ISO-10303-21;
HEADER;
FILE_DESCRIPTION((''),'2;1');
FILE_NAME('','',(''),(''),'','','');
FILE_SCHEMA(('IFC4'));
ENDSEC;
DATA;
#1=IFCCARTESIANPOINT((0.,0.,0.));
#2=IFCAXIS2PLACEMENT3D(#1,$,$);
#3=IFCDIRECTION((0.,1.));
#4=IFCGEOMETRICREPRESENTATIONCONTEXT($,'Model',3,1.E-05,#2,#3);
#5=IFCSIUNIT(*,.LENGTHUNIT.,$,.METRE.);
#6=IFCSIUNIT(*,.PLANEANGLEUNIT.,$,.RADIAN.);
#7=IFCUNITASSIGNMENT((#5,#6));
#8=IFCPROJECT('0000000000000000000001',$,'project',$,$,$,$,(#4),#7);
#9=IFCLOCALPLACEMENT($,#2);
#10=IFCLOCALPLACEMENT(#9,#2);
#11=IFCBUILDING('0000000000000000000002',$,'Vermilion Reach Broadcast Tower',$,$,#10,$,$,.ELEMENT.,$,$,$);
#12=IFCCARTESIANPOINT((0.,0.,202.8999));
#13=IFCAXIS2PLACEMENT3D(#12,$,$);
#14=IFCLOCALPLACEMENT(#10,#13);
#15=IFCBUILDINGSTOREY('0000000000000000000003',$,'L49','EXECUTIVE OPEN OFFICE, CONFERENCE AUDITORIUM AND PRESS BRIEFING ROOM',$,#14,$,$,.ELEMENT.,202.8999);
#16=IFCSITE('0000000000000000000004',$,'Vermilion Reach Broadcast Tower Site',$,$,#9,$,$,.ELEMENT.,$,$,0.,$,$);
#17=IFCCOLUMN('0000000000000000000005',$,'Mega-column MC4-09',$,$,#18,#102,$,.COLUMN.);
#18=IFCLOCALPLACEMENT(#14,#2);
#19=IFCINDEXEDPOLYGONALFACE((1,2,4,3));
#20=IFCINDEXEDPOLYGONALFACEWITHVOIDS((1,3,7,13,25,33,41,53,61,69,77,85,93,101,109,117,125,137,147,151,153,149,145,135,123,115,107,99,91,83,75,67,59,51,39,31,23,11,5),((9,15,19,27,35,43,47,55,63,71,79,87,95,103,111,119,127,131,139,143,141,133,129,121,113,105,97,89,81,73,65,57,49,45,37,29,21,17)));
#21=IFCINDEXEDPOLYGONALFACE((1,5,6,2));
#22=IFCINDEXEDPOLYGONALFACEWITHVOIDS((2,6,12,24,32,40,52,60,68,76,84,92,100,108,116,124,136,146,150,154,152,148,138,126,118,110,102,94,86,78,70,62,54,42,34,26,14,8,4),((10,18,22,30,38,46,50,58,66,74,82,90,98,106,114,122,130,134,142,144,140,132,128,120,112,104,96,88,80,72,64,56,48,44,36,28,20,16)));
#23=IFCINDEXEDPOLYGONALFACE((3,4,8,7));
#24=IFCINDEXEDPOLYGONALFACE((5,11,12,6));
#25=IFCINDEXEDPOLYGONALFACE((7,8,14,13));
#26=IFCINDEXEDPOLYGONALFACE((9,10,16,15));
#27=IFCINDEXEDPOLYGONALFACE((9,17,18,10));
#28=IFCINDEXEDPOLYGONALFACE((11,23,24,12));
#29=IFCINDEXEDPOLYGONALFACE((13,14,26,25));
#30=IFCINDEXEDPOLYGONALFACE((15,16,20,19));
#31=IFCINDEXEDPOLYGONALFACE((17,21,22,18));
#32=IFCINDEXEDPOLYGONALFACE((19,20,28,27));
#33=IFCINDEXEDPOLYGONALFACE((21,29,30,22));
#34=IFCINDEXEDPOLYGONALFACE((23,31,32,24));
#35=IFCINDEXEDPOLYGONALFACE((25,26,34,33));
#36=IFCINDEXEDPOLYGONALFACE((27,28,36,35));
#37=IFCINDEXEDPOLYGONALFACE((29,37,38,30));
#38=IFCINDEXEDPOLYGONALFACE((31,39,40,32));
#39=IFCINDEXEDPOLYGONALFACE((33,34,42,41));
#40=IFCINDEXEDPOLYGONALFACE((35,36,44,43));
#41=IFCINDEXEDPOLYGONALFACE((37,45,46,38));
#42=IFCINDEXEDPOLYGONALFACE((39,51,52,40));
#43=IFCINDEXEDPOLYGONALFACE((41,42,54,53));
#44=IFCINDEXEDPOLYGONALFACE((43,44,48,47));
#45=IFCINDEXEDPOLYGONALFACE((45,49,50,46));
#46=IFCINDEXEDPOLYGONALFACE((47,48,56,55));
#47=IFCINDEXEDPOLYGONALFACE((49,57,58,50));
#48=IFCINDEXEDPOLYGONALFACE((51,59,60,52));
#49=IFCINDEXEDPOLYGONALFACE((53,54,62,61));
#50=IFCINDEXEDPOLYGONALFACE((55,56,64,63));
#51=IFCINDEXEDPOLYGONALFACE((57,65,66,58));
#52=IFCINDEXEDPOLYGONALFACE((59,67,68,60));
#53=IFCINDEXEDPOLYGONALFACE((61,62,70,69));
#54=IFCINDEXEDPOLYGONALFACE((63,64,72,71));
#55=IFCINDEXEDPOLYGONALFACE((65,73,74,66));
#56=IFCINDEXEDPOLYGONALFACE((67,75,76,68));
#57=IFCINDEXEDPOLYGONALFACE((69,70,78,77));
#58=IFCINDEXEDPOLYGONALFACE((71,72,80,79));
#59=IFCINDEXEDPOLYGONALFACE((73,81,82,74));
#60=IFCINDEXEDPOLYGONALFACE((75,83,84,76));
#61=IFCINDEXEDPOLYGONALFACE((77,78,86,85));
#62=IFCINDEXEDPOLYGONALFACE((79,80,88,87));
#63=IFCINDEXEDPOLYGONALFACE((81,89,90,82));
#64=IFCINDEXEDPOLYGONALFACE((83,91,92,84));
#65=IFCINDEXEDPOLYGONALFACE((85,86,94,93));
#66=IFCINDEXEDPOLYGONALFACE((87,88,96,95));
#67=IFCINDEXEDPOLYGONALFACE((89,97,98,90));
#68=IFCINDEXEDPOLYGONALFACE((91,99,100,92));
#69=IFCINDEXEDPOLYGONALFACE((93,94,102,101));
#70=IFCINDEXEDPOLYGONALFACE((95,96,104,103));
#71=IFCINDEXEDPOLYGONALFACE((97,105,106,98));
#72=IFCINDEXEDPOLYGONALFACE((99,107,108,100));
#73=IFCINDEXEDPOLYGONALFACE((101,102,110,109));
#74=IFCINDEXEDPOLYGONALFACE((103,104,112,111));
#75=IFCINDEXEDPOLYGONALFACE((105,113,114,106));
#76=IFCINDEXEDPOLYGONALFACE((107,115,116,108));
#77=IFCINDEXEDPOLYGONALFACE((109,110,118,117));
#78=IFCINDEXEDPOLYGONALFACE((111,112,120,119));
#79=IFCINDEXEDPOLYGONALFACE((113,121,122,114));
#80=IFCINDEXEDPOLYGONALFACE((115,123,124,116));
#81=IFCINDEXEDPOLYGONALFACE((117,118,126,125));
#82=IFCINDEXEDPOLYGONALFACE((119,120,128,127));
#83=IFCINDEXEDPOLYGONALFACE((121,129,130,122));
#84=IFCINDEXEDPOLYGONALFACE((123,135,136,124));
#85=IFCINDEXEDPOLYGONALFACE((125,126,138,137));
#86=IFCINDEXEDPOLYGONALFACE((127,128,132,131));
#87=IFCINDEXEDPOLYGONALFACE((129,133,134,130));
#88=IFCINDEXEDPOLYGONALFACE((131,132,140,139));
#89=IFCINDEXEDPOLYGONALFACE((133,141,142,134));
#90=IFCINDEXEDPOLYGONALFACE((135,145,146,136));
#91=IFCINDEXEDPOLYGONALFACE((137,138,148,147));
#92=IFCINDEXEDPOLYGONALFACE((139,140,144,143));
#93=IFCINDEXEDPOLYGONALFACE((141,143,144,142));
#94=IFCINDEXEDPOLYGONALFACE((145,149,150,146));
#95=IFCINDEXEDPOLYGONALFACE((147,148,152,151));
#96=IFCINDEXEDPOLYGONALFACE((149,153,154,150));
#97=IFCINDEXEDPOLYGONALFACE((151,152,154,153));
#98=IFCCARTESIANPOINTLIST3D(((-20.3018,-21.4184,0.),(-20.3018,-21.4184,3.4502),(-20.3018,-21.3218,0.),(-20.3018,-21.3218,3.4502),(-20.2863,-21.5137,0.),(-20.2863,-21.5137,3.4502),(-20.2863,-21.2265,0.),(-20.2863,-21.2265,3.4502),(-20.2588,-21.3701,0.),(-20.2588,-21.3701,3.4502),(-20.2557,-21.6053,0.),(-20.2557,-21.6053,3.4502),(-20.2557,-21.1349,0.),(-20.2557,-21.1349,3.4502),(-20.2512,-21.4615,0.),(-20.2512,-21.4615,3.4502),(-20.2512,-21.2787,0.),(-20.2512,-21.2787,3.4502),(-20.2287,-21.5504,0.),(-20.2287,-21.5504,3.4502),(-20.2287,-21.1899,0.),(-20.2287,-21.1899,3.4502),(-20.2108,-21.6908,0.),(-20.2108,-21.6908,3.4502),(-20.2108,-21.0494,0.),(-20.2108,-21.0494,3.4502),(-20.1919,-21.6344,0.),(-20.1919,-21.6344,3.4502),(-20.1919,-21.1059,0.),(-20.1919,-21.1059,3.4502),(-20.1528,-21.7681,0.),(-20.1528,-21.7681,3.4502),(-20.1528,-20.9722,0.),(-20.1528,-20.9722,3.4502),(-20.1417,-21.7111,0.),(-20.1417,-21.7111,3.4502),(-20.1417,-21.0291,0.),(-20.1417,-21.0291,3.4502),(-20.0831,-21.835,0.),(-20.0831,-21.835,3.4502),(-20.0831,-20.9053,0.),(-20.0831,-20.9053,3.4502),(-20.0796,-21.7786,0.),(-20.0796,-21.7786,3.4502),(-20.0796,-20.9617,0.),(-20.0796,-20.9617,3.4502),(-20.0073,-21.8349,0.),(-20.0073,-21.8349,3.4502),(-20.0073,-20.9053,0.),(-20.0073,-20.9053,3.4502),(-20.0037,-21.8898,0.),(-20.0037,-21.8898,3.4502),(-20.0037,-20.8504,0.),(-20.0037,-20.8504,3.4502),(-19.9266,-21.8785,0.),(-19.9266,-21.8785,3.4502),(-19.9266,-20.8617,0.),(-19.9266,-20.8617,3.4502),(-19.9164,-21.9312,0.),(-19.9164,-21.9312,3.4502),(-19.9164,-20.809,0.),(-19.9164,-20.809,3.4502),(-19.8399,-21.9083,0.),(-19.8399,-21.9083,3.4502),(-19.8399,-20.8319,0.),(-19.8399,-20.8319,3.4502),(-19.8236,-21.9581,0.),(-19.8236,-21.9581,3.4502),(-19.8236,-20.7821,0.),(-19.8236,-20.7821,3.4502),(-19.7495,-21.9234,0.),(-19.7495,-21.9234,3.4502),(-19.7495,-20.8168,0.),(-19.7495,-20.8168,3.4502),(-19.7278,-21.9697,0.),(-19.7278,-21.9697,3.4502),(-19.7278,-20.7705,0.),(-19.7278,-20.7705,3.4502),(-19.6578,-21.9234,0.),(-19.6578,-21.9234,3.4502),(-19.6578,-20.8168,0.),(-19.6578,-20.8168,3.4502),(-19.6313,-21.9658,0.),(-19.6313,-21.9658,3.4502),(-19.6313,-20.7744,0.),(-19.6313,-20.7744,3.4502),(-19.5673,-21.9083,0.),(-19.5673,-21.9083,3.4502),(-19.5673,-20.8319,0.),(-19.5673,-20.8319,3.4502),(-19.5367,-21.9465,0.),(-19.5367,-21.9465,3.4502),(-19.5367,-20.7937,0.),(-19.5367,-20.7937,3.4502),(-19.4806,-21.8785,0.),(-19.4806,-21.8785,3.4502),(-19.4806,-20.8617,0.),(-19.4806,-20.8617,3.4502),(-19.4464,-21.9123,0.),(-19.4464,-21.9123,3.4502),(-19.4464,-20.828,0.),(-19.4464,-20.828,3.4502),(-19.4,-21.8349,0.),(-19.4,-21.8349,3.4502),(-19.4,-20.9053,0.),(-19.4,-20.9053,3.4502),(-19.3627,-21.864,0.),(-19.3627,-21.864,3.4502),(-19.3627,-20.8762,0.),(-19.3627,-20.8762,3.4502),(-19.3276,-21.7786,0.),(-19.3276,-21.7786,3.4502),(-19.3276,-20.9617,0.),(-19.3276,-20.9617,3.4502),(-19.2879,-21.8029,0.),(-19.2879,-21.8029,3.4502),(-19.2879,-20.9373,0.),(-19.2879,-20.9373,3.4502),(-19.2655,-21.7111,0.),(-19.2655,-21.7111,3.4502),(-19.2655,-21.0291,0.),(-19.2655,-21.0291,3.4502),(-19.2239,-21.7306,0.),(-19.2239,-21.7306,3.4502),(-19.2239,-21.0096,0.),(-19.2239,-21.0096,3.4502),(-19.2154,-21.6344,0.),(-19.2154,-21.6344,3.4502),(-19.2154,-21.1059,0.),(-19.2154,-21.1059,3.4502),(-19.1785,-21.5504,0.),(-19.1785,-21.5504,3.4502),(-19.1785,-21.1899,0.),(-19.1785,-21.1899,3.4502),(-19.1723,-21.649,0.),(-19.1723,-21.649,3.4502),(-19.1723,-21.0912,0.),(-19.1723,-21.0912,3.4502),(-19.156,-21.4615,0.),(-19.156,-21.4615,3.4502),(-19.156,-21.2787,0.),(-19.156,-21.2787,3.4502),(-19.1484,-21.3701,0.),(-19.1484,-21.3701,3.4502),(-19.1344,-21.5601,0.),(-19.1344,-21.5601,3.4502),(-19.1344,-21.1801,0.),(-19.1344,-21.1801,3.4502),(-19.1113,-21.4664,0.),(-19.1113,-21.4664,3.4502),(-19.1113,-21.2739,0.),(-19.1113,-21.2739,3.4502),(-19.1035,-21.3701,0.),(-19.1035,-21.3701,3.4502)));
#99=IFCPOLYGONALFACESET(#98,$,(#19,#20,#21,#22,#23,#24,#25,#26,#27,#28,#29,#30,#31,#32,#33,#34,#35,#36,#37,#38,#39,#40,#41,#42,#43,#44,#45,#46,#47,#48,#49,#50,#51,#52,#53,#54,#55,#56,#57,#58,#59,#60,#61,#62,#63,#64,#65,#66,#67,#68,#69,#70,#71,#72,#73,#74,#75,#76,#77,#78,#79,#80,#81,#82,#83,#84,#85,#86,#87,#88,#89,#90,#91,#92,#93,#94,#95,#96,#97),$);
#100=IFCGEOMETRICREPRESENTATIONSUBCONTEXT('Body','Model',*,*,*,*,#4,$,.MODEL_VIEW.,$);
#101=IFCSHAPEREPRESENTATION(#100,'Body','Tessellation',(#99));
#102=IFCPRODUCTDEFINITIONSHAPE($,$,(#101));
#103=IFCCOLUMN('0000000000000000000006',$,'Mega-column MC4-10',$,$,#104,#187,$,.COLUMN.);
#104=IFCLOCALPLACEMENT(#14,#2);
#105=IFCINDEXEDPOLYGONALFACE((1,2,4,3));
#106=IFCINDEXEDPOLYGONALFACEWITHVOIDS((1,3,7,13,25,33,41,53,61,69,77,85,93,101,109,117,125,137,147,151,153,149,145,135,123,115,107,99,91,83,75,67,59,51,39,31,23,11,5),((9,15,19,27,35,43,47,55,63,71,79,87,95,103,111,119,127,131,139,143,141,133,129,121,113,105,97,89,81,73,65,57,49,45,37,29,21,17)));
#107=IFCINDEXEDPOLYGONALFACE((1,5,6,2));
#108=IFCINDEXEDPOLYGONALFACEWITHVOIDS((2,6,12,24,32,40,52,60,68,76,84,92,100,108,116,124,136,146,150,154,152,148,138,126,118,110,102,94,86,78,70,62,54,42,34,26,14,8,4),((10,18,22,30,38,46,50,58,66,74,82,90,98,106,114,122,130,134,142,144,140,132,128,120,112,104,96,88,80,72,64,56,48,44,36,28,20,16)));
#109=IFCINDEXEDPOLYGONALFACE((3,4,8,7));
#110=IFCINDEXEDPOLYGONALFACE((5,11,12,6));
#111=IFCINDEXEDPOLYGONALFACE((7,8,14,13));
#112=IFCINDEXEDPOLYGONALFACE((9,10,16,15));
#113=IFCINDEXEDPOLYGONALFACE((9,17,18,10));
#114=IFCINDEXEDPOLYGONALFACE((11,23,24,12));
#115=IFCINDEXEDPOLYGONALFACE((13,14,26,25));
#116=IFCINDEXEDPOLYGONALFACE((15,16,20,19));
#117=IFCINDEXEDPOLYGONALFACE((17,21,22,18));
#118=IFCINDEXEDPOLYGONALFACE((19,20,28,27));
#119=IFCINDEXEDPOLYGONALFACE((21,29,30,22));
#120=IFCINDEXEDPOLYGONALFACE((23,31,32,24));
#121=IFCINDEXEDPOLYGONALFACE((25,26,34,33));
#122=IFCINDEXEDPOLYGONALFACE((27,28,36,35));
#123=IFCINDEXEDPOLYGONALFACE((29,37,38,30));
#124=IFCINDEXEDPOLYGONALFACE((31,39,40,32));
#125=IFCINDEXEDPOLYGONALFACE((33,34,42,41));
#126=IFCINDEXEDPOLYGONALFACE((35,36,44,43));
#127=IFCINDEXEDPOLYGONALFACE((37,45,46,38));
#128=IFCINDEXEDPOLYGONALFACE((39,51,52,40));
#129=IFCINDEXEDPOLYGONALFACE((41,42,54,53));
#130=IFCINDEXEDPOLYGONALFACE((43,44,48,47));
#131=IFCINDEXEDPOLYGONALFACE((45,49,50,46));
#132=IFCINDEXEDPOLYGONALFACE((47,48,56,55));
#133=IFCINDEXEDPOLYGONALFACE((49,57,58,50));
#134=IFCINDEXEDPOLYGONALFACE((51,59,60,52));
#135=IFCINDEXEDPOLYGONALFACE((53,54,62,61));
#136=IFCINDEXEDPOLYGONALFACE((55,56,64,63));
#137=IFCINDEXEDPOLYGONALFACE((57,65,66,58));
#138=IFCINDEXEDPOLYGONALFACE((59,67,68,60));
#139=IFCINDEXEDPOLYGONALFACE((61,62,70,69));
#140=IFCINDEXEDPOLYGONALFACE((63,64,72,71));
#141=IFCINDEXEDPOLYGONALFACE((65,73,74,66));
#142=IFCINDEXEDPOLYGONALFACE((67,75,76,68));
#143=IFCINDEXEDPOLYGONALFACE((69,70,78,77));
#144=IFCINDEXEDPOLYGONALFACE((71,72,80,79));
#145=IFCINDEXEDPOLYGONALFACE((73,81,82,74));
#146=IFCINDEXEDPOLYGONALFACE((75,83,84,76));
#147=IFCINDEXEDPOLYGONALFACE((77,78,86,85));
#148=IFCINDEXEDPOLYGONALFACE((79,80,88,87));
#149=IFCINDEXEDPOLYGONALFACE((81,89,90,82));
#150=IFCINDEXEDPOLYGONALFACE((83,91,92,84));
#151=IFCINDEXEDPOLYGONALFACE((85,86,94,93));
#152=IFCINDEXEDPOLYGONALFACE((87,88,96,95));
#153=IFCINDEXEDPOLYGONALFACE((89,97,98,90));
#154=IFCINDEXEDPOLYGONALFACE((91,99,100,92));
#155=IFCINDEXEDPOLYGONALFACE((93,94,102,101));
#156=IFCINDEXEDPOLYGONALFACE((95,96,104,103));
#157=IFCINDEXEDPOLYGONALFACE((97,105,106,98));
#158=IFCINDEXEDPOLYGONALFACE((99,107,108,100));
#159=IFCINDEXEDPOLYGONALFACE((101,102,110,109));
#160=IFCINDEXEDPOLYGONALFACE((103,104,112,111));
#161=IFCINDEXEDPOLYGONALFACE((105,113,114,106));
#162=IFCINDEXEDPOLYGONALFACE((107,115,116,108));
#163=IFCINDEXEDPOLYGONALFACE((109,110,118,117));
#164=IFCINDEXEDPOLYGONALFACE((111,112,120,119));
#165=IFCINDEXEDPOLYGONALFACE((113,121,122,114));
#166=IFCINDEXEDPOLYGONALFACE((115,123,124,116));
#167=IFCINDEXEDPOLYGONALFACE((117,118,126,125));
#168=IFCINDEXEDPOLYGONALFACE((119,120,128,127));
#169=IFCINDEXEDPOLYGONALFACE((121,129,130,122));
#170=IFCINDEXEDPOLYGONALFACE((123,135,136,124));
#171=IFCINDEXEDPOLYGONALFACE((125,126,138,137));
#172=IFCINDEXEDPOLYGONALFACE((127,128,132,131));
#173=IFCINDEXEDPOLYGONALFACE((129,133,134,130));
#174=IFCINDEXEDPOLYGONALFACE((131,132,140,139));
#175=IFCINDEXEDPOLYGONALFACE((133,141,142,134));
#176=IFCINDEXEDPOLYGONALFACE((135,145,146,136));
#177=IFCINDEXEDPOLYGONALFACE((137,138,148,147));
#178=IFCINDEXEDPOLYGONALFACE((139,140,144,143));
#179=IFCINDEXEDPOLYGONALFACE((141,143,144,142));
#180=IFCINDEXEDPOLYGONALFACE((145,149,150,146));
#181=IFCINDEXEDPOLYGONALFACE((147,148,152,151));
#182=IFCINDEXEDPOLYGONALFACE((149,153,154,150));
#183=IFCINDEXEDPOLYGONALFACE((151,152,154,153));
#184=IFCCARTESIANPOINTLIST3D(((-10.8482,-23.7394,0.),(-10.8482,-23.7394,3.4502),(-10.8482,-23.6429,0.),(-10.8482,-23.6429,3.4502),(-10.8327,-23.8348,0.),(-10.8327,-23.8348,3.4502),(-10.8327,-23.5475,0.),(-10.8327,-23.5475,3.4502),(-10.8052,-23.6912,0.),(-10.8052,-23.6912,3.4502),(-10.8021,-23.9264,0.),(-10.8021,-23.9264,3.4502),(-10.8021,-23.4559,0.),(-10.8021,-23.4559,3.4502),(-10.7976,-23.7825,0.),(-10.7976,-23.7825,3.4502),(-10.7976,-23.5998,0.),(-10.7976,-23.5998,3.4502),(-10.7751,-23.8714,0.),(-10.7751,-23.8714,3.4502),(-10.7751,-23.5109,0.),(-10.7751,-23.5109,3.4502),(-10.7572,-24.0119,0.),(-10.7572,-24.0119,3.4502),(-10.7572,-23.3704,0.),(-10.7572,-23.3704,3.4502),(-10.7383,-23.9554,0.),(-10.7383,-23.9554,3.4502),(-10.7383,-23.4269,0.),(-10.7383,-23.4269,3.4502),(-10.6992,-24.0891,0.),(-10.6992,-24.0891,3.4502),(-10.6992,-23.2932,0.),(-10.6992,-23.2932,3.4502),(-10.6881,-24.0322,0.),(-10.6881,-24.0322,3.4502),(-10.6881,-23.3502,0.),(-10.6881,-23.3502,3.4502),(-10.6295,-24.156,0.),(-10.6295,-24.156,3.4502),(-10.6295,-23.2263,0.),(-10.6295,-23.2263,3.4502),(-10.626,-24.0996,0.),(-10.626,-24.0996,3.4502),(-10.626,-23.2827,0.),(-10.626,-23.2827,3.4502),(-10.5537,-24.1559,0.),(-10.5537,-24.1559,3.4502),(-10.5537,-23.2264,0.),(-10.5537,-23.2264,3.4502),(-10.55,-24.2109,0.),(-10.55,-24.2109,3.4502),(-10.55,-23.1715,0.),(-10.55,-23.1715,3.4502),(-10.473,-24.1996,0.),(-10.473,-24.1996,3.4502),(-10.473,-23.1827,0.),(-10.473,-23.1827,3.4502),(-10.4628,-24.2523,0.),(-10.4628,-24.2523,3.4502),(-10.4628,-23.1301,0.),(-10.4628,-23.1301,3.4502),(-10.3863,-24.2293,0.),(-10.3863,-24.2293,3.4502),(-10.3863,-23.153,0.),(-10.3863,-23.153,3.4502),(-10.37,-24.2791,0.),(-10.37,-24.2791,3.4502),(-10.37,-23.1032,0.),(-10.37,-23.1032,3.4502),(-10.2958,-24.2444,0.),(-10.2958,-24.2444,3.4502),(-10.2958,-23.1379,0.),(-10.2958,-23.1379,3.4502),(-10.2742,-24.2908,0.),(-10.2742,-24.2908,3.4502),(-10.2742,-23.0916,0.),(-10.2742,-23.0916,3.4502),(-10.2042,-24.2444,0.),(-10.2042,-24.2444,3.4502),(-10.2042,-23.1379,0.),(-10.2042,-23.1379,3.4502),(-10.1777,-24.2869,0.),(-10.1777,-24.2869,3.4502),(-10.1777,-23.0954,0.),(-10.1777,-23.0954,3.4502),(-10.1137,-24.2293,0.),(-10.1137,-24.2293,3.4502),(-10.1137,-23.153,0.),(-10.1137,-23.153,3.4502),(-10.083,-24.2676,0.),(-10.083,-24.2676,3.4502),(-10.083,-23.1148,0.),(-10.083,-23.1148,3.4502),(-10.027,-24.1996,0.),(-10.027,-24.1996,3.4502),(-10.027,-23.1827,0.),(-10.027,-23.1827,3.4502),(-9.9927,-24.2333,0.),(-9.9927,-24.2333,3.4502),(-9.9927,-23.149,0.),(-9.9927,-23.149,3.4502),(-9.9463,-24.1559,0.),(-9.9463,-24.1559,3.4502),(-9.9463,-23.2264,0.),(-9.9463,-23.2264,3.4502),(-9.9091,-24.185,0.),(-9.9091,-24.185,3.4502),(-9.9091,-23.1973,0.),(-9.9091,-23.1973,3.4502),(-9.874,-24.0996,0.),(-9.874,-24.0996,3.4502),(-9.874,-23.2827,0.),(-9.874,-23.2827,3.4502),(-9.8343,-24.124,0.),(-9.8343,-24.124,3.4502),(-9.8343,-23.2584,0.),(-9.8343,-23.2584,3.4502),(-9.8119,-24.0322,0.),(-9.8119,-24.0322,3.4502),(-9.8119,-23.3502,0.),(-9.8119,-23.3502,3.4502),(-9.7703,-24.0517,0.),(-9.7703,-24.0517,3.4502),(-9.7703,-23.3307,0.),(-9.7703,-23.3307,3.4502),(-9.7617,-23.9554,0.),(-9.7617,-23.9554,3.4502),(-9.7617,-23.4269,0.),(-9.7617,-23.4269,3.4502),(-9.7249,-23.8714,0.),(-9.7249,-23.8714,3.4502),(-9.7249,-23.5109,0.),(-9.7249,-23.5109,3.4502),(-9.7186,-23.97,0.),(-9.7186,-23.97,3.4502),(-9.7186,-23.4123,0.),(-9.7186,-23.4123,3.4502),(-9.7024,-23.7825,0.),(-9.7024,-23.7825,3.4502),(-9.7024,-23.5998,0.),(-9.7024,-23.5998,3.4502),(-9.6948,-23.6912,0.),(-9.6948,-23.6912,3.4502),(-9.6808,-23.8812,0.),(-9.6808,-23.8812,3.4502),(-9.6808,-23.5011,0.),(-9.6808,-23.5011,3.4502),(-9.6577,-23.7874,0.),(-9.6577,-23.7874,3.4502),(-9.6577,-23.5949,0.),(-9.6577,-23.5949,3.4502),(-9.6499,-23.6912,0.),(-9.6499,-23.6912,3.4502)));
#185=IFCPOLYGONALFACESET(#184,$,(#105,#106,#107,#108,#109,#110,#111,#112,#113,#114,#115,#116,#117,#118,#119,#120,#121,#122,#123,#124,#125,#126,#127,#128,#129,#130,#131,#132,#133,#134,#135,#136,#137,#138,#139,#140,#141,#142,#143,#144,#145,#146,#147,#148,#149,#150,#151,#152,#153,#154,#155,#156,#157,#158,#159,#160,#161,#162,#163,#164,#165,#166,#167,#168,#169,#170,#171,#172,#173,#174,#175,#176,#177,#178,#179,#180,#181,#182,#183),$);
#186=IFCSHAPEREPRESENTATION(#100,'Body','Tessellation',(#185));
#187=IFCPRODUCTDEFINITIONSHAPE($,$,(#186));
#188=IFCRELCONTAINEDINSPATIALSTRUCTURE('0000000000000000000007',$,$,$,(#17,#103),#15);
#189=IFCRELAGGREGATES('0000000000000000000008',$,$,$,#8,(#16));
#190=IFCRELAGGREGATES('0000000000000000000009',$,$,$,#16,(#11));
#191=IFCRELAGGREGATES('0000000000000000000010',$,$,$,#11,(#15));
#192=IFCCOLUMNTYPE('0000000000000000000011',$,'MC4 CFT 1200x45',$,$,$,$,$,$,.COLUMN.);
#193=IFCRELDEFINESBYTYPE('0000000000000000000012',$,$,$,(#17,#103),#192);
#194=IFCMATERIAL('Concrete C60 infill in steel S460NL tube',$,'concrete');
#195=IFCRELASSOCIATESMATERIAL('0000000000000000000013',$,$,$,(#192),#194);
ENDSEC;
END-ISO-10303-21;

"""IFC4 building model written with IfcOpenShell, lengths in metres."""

from ifc_helpers import new_model, si_unit, direction, frame, origin, origin_2d, place, context, subcontext, project, spatial, hollow_circle, extrude, material, material_profile, profile_set, type_object, element, save


model = new_model("IFC4")

# Units and contexts
model_context = context("Model", 3, precision=1e-05, world=origin(), true_north=direction((0.0, 1.0)))
body_context = subcontext(model_context, "Body", "Model", "MODEL_VIEW")
ifc_project = project(units=[si_unit("LENGTHUNIT", "METRE"), si_unit("PLANEANGLEUNIT", "RADIAN")], contexts=[model_context])

# Site, building, storey
site_placement = place(None, origin())
site = spatial("IfcSite", under=ifc_project, at=site_placement, Name="Vermilion Reach Broadcast Tower Site", CompositionType="ELEMENT", RefElevation=0.0)
building_placement = place(site_placement, origin())
building = spatial("IfcBuilding", under=site, at=building_placement, Name="Vermilion Reach Broadcast Tower", CompositionType="ELEMENT")
storey_placement = place(building_placement, frame((0.0, 0.0, 202.8999)))
storey = spatial("IfcBuildingStorey", under=building, at=storey_placement, Name="L49", Description="EXECUTIVE OPEN OFFICE, CONFERENCE AUDITORIUM AND PRESS BRIEFING ROOM", CompositionType="ELEMENT", Elevation=202.8999)

# Columns
ifc_material_1 = material(Name="Concrete C60 infill in steel S460NL tube", Category="concrete")
ifc_material_profile_1 = material_profile(ifc_material_1, hollow_circle(Radius=0.6001, WallThickness=0.0449, at=origin_2d()), Name="Concrete C60 infill in steel S460NL tube CFT 1200x45")
ifc_profile_set_1 = profile_set([ifc_material_profile_1], Name="Concrete C60 infill in steel S460NL tube")
column_type = type_object("IfcColumnType", Name="MC4 CFT 1200x45", PredefinedType="COLUMN", material=ifc_profile_set_1)
for number, where, z_axis, x_axis, name in (
    (1, (-19.7036, -21.3701, 0.0), (0.0, 0.0, 1.0), (1.0, 0.0, 0.0), "Mega-column MC4-09"),
    (2, (-10.25, -23.6912, 0.0), (0.0, 0.0, 1.0), (1.0, 0.0, 0.0), "Mega-column MC4-10"),
):
    element("IfcColumn", number, at=place(storey_placement, frame(where, z_axis=z_axis, x_axis=x_axis)), inside=storey, type_object=column_type, Name=name, PredefinedType="COLUMN", context=body_context, shape_type="SweptSolid", body=[
        extrude(hollow_circle(Radius=0.6001, WallThickness=0.0449, at=origin_2d()), origin(), (0.0, 0.0, 1.0), 3.4502),
    ])

save(model, "model.ifc")
